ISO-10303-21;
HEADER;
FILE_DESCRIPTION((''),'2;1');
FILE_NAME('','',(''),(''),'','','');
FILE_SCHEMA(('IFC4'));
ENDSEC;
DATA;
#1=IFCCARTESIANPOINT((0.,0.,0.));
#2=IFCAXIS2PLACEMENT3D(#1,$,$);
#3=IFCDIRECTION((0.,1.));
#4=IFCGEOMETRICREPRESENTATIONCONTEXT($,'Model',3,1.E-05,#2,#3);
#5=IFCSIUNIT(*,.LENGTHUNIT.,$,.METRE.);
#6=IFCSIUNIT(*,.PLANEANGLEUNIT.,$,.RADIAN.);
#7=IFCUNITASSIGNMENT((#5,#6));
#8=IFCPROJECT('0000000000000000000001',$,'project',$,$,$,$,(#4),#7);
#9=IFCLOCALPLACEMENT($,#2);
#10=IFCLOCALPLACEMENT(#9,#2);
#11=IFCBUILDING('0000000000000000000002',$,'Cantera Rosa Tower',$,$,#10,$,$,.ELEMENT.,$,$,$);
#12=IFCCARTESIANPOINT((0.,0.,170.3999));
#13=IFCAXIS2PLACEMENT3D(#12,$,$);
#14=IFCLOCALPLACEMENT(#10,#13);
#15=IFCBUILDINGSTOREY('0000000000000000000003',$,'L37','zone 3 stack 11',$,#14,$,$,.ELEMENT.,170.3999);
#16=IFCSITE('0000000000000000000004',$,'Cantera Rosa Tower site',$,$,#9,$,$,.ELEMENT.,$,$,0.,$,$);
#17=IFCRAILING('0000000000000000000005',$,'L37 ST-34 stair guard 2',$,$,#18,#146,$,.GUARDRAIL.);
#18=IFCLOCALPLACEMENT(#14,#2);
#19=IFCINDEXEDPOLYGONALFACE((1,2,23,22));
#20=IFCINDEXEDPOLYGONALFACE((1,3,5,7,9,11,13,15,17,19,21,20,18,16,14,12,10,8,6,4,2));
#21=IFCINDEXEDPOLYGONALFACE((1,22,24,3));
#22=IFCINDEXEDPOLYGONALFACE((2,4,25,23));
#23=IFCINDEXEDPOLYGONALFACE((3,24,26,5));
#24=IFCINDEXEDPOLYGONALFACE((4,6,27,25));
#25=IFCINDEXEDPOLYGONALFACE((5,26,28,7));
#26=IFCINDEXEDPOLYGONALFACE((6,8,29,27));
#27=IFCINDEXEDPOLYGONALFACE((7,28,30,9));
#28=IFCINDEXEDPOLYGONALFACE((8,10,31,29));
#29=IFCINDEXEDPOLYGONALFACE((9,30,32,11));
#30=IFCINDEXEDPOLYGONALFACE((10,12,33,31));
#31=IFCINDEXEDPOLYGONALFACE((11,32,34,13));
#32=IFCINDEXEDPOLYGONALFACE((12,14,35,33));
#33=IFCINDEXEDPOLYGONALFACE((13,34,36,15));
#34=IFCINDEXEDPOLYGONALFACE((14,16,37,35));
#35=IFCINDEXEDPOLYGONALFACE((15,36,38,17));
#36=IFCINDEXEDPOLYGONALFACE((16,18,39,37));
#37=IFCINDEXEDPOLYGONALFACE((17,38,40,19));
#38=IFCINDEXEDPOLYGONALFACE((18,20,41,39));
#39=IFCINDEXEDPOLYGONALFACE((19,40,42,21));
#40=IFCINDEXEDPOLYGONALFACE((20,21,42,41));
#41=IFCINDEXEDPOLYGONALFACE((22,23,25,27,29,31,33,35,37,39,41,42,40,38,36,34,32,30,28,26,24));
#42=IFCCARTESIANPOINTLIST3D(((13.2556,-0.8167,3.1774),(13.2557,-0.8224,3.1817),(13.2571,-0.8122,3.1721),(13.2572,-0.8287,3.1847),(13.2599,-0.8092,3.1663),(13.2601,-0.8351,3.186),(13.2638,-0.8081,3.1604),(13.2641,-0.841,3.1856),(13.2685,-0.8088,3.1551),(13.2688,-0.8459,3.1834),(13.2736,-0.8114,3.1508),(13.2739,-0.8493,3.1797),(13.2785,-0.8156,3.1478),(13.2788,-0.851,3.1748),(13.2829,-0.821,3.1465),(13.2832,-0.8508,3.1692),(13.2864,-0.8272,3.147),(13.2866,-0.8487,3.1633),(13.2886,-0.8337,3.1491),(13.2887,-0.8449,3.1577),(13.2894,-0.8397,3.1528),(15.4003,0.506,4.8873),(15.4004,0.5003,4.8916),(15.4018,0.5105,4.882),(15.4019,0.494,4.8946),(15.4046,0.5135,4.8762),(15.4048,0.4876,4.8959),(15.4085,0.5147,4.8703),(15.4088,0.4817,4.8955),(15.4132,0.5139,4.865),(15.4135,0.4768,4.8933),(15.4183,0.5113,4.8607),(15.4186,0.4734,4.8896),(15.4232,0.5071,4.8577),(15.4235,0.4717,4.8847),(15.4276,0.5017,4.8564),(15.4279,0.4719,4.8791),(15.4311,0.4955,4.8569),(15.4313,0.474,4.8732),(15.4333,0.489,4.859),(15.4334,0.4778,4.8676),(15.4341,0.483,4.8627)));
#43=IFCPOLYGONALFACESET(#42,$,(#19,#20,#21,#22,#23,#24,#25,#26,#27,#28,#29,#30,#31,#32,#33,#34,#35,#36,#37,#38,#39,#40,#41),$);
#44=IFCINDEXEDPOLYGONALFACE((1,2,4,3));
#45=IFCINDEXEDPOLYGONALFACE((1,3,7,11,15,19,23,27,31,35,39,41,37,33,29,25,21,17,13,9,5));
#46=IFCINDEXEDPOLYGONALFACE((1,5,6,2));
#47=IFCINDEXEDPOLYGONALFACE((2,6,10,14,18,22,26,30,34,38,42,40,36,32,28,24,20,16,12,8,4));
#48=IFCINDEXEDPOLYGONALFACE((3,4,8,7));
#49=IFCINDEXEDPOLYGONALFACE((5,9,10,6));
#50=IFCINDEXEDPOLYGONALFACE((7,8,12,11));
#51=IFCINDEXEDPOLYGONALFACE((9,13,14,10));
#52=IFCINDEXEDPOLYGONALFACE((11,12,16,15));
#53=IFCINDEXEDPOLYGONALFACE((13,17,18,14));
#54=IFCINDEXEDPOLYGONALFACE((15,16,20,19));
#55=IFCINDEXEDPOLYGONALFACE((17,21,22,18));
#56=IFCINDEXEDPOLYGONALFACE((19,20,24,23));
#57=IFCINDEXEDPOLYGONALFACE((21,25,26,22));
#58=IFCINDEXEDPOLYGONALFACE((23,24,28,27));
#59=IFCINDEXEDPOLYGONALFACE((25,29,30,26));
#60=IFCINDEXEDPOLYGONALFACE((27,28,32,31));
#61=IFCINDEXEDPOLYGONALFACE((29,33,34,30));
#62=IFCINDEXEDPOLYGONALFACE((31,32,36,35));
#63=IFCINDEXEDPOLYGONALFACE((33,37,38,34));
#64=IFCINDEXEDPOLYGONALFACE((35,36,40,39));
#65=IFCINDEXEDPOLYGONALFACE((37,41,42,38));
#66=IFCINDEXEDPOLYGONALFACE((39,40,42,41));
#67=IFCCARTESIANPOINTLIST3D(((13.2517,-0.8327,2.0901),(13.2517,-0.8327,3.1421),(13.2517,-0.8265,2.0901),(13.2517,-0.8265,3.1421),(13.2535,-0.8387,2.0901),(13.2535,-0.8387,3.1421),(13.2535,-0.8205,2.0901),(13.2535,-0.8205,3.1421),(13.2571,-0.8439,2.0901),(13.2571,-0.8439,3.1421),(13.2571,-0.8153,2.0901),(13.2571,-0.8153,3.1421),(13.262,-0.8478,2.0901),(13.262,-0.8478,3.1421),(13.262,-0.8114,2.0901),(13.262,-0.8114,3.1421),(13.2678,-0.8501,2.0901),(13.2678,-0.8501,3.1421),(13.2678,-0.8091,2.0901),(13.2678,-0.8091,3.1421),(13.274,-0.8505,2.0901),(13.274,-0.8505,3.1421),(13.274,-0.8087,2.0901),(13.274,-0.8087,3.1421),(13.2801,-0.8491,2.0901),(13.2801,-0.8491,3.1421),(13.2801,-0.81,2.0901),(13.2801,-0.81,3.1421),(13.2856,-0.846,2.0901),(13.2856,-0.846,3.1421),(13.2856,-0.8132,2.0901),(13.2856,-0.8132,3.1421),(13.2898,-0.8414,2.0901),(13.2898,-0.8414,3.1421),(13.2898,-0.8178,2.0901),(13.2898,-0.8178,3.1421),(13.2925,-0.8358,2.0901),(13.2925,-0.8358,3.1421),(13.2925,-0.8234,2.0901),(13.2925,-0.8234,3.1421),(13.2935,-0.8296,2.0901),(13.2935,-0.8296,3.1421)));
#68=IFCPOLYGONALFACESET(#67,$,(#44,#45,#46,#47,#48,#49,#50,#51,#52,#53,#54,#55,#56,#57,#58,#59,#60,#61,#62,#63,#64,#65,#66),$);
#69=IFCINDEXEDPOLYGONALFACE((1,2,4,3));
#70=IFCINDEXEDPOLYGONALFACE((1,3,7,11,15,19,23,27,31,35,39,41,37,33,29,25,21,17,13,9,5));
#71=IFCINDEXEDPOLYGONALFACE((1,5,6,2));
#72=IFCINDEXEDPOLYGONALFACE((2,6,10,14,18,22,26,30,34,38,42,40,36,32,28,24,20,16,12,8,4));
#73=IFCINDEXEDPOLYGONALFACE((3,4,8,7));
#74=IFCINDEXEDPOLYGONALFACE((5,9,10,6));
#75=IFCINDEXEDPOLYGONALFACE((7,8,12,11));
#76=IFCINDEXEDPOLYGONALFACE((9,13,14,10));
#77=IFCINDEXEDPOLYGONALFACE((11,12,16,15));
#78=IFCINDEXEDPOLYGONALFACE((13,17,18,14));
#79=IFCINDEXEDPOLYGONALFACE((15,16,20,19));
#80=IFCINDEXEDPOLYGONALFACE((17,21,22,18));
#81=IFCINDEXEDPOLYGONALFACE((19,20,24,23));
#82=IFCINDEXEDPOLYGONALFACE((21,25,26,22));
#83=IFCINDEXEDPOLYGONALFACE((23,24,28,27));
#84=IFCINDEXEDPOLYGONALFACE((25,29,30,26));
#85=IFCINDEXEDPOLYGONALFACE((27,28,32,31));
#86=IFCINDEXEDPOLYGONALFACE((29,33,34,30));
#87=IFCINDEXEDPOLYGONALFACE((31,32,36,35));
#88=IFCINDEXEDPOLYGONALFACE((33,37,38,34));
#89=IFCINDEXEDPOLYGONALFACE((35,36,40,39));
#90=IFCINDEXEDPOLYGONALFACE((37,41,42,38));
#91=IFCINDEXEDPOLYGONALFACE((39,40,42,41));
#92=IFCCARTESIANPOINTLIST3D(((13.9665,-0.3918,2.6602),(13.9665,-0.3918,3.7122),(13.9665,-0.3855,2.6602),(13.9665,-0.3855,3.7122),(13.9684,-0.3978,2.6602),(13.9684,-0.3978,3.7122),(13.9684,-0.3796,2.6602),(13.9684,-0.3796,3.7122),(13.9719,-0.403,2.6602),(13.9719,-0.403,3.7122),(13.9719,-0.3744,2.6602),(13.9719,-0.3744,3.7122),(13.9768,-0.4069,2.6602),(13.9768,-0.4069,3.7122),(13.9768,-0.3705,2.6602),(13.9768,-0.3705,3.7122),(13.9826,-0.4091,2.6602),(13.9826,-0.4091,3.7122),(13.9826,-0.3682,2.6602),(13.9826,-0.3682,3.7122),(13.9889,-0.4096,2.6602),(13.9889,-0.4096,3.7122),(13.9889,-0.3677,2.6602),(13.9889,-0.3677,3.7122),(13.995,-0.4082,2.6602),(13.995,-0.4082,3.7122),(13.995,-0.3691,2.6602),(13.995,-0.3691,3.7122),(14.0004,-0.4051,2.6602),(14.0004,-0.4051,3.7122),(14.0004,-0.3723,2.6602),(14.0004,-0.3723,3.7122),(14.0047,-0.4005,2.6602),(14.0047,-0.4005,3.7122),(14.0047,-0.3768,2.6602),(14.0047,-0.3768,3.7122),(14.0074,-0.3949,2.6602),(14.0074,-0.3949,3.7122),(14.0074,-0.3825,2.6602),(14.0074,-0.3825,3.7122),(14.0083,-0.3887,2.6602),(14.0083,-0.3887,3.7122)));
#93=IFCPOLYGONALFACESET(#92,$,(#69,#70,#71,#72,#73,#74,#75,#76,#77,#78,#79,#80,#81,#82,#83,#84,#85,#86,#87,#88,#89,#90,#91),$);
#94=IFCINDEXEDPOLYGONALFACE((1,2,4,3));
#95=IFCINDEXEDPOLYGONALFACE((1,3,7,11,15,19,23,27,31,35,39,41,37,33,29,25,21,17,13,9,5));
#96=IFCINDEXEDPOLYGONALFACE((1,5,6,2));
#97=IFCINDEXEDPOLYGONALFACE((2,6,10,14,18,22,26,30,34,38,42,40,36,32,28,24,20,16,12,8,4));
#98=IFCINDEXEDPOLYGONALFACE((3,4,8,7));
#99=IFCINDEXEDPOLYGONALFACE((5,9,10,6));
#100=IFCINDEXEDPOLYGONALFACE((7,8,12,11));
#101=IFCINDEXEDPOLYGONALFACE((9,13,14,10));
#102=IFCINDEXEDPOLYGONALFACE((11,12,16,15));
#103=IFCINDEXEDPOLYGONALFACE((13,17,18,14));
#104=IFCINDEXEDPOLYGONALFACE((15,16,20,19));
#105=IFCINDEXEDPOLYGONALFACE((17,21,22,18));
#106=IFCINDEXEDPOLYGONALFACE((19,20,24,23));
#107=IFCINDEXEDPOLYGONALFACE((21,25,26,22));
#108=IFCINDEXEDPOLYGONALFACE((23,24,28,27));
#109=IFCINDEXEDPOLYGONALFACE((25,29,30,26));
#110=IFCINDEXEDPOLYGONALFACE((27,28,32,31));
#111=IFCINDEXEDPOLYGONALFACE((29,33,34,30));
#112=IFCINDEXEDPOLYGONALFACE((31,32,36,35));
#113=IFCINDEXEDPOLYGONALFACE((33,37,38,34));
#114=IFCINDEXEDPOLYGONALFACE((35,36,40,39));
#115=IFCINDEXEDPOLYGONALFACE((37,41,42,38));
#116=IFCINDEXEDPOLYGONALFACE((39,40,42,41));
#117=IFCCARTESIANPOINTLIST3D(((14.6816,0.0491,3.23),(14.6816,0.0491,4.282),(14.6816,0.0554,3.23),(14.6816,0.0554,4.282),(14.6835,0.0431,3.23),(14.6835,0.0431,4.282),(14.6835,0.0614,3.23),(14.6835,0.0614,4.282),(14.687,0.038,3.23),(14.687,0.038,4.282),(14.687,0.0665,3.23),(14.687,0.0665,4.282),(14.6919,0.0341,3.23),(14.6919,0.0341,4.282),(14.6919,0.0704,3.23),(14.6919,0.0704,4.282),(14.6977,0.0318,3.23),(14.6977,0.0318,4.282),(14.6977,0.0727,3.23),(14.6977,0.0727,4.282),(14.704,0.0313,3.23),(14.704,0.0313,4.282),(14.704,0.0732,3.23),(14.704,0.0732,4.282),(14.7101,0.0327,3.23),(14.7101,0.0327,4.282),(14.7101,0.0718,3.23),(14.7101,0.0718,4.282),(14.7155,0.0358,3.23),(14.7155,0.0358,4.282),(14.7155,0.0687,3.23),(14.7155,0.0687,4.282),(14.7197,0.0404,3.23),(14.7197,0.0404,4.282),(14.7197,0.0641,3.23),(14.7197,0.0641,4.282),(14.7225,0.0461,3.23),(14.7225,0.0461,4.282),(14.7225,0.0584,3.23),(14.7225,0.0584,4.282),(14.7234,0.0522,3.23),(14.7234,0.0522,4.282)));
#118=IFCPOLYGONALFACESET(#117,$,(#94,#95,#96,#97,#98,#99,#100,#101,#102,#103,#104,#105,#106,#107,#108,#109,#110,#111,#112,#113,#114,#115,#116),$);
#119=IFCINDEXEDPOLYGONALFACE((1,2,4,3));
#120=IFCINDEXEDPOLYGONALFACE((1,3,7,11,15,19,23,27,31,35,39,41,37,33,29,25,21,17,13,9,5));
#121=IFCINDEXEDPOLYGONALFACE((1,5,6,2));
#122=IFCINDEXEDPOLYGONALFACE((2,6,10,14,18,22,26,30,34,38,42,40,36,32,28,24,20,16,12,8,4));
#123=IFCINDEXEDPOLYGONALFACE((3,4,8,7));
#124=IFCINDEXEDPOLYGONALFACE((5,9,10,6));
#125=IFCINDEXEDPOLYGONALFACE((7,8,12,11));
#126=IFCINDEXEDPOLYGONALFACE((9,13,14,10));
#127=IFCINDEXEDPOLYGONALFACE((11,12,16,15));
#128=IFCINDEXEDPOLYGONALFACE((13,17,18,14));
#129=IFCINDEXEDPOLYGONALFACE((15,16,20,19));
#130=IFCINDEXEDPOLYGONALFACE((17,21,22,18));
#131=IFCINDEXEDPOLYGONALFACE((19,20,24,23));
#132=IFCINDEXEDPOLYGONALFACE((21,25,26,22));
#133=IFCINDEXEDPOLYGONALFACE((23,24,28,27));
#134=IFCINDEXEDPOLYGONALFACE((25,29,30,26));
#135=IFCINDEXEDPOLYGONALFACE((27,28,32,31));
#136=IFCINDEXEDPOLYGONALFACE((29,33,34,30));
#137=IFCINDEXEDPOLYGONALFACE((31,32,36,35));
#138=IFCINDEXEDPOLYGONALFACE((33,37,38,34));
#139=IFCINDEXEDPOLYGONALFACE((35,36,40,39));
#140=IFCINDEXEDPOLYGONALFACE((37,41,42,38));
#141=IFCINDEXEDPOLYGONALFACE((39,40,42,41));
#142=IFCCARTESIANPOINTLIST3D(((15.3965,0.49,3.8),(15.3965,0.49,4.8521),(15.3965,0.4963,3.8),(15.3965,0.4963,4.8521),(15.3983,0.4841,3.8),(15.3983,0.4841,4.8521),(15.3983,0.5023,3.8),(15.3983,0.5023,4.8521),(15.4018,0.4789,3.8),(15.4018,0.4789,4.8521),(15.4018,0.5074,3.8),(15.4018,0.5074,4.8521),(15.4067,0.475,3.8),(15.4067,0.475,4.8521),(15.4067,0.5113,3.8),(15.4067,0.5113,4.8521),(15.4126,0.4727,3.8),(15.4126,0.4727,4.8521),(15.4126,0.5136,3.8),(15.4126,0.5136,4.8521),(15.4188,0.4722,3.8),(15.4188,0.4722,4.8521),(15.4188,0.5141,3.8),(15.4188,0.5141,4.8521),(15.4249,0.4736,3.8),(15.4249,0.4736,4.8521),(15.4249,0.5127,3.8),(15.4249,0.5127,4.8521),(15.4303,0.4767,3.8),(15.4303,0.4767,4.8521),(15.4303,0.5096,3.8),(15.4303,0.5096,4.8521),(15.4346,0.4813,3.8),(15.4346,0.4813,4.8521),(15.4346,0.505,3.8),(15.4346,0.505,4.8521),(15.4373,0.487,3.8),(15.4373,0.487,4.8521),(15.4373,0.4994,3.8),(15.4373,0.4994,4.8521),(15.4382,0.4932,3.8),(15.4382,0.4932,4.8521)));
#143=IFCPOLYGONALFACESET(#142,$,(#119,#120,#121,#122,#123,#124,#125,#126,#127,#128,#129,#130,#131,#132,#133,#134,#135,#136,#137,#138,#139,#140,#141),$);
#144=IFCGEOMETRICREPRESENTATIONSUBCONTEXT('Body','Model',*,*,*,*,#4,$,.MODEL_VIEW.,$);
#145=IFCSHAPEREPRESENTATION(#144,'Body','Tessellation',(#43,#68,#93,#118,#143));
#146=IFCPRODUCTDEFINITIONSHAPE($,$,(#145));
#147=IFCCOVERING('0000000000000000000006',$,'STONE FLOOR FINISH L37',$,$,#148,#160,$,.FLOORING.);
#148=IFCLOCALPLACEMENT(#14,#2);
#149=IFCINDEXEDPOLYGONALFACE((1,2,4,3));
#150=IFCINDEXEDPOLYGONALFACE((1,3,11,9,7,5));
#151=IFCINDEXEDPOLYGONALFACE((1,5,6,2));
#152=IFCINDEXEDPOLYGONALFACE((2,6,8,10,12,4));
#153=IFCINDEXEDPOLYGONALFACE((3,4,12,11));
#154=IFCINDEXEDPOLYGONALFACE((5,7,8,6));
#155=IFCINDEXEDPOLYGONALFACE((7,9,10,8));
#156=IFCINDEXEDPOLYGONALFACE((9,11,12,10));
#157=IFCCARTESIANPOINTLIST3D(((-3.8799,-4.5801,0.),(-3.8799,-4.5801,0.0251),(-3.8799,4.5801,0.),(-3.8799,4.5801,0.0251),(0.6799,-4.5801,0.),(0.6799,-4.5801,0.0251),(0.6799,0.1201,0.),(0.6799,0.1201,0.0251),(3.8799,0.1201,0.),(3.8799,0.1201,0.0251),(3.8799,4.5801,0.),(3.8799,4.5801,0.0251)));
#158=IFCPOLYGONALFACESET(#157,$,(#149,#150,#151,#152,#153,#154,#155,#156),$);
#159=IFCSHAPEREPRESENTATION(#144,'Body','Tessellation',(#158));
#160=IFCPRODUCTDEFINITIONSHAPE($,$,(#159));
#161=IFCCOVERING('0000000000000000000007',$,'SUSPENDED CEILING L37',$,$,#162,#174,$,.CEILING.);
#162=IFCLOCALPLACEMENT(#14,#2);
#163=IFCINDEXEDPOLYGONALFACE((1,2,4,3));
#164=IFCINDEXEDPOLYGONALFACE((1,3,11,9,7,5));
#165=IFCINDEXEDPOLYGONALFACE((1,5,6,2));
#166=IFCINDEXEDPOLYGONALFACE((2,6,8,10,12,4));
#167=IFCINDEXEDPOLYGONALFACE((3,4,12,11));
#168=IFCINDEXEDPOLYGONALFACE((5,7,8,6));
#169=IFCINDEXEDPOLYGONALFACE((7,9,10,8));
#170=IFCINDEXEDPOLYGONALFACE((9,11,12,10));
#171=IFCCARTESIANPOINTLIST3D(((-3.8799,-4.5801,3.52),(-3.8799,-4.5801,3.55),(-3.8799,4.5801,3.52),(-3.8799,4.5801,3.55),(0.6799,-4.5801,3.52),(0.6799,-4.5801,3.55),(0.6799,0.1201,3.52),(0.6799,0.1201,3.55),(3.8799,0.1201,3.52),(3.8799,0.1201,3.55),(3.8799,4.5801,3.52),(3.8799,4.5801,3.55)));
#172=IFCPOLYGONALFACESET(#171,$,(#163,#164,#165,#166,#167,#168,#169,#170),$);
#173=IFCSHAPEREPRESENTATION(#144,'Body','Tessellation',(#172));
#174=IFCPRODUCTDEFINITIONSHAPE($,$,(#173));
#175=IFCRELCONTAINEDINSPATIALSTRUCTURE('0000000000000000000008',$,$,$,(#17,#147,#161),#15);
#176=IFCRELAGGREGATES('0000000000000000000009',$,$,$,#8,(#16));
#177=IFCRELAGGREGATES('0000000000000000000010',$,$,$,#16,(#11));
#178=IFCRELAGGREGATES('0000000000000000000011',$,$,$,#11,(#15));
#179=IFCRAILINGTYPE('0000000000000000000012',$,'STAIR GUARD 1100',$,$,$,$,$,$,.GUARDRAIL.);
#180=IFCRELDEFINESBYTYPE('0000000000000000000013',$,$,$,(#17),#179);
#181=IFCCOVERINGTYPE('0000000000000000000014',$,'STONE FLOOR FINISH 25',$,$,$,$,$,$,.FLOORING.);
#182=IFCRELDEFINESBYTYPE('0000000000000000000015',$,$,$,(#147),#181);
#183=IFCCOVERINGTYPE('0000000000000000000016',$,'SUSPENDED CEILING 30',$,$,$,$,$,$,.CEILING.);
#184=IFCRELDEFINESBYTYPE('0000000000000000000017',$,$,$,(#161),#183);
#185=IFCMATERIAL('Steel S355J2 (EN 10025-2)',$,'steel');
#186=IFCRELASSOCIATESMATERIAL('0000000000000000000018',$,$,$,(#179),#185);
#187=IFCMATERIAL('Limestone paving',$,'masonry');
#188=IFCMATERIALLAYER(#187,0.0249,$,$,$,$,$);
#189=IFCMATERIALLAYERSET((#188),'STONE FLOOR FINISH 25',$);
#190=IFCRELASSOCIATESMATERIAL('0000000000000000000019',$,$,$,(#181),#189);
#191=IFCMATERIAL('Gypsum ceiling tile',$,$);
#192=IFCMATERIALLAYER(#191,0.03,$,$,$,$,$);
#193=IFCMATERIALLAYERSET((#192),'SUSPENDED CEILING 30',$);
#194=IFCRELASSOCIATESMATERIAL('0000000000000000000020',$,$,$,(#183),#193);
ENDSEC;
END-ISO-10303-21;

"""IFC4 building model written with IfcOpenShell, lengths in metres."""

from ifc_helpers import new_model, si_unit, direction, frame, origin, origin_2d, place, context, subcontext, project, spatial, polyline, circle, outline, extrude, material, layer, layer_set, type_object, element, save


model = new_model("IFC4")

# Units and contexts
model_context = context("Model", 3, precision=1e-05, world=origin(), true_north=direction((0.0, 1.0)))
body_context = subcontext(model_context, "Body", "Model", "MODEL_VIEW")
ifc_project = project(units=[si_unit("LENGTHUNIT", "METRE"), si_unit("PLANEANGLEUNIT", "RADIAN")], contexts=[model_context])

# Site, building, storey
site_placement = place(None, origin())
site = spatial("IfcSite", under=ifc_project, at=site_placement, Name="Cantera Rosa Tower site", CompositionType="ELEMENT", RefElevation=0.0)
building_placement = place(site_placement, origin())
building = spatial("IfcBuilding", under=site, at=building_placement, Name="Cantera Rosa Tower", CompositionType="ELEMENT")
storey_placement = place(building_placement, frame((0.0, 0.0, 170.3999)))
storey = spatial("IfcBuildingStorey", under=building, at=storey_placement, Name="L37", Description="zone 3 stack 11", CompositionType="ELEMENT", Elevation=170.3999)

# Railing
ifc_material_1 = material(Name="Steel S355J2 (EN 10025-2)", Category="steel")
railing_type = type_object("IfcRailingType", Name="STAIR GUARD 1100", PredefinedType="GUARDRAIL", material=ifc_material_1)
railing_1_placement = place(storey_placement, frame((13.2725, -0.8296, 2.0901)))
element("IfcRailing", 1, at=railing_1_placement, inside=storey, type_object=railing_type, Name="L37 ST-34 stair guard 2", PredefinedType="GUARDRAIL", context=body_context, shape_type="SweptSolid", body=[
    extrude(circle(Radius=0.0239, at=origin_2d()), frame((0.0, 0.0, 1.0762), z_axis=(0.704296, 0.434363, 0.561513), x_axis=(-0.52493, 0.851146, 0.0)), (0.0, 0.0, 1.0), 3.0452),
    extrude(circle(Radius=0.021, at=origin_2d()), origin(), (0.0, 0.0, 1.0), 1.052),
    extrude(circle(Radius=0.021, at=origin_2d()), frame((0.7148, 0.4409, 0.5701)), (0.0, 0.0, 1.0), 1.052),
    extrude(circle(Radius=0.021, at=origin_2d()), frame((1.4299, 0.8818, 1.1399)), (0.0, 0.0, 1.0), 1.052),
    extrude(circle(Radius=0.021, at=origin_2d()), frame((2.1448, 1.3228, 1.71)), (0.0, 0.0, 1.0), 1.052),
])

# Coverings
ifc_material_2 = material(Name="Limestone paving", Category="masonry")
ifc_layer_1 = layer(ifc_material_2, 0.0249)
ifc_layer_set_1 = layer_set([ifc_layer_1], Name="STONE FLOOR FINISH 25")
covering_type_1 = type_object("IfcCoveringType", Name="STONE FLOOR FINISH 25", PredefinedType="FLOORING", material=ifc_layer_set_1)
covering_1_placement = place(storey_placement, origin())
element("IfcCovering", 2, at=covering_1_placement, inside=storey, type_object=covering_type_1, Name="STONE FLOOR FINISH L37", PredefinedType="FLOORING", context=body_context, shape_type="SweptSolid", body=[
    extrude(outline(polyline([(3.8799, 4.5801), (3.8799, 0.1201), (0.6799, 0.1201), (0.6799, -4.5801), (-3.8799, -4.5801), (-3.8799, 4.5801), (3.8799, 4.5801)])), origin(), (0.0, 0.0, 1.0), 0.0251),
])
ifc_material_3 = material(Name="Gypsum ceiling tile")
ifc_layer_2 = layer(ifc_material_3, 0.03)
ifc_layer_set_2 = layer_set([ifc_layer_2], Name="SUSPENDED CEILING 30")
covering_type_2 = type_object("IfcCoveringType", Name="SUSPENDED CEILING 30", PredefinedType="CEILING", material=ifc_layer_set_2)
covering_2_placement = place(storey_placement, frame((0.0, 0.0, 3.52)))
element("IfcCovering", 3, at=covering_2_placement, inside=storey, type_object=covering_type_2, Name="SUSPENDED CEILING L37", PredefinedType="CEILING", context=body_context, shape_type="SweptSolid", body=[
    extrude(outline(polyline([(3.8799, 4.5801), (3.8799, 0.1201), (0.6799, 0.1201), (0.6799, -4.5801), (-3.8799, -4.5801), (-3.8799, 4.5801), (3.8799, 4.5801)])), origin(), (0.0, 0.0, 1.0), 0.03),
])

save(model, "model.ifc")
